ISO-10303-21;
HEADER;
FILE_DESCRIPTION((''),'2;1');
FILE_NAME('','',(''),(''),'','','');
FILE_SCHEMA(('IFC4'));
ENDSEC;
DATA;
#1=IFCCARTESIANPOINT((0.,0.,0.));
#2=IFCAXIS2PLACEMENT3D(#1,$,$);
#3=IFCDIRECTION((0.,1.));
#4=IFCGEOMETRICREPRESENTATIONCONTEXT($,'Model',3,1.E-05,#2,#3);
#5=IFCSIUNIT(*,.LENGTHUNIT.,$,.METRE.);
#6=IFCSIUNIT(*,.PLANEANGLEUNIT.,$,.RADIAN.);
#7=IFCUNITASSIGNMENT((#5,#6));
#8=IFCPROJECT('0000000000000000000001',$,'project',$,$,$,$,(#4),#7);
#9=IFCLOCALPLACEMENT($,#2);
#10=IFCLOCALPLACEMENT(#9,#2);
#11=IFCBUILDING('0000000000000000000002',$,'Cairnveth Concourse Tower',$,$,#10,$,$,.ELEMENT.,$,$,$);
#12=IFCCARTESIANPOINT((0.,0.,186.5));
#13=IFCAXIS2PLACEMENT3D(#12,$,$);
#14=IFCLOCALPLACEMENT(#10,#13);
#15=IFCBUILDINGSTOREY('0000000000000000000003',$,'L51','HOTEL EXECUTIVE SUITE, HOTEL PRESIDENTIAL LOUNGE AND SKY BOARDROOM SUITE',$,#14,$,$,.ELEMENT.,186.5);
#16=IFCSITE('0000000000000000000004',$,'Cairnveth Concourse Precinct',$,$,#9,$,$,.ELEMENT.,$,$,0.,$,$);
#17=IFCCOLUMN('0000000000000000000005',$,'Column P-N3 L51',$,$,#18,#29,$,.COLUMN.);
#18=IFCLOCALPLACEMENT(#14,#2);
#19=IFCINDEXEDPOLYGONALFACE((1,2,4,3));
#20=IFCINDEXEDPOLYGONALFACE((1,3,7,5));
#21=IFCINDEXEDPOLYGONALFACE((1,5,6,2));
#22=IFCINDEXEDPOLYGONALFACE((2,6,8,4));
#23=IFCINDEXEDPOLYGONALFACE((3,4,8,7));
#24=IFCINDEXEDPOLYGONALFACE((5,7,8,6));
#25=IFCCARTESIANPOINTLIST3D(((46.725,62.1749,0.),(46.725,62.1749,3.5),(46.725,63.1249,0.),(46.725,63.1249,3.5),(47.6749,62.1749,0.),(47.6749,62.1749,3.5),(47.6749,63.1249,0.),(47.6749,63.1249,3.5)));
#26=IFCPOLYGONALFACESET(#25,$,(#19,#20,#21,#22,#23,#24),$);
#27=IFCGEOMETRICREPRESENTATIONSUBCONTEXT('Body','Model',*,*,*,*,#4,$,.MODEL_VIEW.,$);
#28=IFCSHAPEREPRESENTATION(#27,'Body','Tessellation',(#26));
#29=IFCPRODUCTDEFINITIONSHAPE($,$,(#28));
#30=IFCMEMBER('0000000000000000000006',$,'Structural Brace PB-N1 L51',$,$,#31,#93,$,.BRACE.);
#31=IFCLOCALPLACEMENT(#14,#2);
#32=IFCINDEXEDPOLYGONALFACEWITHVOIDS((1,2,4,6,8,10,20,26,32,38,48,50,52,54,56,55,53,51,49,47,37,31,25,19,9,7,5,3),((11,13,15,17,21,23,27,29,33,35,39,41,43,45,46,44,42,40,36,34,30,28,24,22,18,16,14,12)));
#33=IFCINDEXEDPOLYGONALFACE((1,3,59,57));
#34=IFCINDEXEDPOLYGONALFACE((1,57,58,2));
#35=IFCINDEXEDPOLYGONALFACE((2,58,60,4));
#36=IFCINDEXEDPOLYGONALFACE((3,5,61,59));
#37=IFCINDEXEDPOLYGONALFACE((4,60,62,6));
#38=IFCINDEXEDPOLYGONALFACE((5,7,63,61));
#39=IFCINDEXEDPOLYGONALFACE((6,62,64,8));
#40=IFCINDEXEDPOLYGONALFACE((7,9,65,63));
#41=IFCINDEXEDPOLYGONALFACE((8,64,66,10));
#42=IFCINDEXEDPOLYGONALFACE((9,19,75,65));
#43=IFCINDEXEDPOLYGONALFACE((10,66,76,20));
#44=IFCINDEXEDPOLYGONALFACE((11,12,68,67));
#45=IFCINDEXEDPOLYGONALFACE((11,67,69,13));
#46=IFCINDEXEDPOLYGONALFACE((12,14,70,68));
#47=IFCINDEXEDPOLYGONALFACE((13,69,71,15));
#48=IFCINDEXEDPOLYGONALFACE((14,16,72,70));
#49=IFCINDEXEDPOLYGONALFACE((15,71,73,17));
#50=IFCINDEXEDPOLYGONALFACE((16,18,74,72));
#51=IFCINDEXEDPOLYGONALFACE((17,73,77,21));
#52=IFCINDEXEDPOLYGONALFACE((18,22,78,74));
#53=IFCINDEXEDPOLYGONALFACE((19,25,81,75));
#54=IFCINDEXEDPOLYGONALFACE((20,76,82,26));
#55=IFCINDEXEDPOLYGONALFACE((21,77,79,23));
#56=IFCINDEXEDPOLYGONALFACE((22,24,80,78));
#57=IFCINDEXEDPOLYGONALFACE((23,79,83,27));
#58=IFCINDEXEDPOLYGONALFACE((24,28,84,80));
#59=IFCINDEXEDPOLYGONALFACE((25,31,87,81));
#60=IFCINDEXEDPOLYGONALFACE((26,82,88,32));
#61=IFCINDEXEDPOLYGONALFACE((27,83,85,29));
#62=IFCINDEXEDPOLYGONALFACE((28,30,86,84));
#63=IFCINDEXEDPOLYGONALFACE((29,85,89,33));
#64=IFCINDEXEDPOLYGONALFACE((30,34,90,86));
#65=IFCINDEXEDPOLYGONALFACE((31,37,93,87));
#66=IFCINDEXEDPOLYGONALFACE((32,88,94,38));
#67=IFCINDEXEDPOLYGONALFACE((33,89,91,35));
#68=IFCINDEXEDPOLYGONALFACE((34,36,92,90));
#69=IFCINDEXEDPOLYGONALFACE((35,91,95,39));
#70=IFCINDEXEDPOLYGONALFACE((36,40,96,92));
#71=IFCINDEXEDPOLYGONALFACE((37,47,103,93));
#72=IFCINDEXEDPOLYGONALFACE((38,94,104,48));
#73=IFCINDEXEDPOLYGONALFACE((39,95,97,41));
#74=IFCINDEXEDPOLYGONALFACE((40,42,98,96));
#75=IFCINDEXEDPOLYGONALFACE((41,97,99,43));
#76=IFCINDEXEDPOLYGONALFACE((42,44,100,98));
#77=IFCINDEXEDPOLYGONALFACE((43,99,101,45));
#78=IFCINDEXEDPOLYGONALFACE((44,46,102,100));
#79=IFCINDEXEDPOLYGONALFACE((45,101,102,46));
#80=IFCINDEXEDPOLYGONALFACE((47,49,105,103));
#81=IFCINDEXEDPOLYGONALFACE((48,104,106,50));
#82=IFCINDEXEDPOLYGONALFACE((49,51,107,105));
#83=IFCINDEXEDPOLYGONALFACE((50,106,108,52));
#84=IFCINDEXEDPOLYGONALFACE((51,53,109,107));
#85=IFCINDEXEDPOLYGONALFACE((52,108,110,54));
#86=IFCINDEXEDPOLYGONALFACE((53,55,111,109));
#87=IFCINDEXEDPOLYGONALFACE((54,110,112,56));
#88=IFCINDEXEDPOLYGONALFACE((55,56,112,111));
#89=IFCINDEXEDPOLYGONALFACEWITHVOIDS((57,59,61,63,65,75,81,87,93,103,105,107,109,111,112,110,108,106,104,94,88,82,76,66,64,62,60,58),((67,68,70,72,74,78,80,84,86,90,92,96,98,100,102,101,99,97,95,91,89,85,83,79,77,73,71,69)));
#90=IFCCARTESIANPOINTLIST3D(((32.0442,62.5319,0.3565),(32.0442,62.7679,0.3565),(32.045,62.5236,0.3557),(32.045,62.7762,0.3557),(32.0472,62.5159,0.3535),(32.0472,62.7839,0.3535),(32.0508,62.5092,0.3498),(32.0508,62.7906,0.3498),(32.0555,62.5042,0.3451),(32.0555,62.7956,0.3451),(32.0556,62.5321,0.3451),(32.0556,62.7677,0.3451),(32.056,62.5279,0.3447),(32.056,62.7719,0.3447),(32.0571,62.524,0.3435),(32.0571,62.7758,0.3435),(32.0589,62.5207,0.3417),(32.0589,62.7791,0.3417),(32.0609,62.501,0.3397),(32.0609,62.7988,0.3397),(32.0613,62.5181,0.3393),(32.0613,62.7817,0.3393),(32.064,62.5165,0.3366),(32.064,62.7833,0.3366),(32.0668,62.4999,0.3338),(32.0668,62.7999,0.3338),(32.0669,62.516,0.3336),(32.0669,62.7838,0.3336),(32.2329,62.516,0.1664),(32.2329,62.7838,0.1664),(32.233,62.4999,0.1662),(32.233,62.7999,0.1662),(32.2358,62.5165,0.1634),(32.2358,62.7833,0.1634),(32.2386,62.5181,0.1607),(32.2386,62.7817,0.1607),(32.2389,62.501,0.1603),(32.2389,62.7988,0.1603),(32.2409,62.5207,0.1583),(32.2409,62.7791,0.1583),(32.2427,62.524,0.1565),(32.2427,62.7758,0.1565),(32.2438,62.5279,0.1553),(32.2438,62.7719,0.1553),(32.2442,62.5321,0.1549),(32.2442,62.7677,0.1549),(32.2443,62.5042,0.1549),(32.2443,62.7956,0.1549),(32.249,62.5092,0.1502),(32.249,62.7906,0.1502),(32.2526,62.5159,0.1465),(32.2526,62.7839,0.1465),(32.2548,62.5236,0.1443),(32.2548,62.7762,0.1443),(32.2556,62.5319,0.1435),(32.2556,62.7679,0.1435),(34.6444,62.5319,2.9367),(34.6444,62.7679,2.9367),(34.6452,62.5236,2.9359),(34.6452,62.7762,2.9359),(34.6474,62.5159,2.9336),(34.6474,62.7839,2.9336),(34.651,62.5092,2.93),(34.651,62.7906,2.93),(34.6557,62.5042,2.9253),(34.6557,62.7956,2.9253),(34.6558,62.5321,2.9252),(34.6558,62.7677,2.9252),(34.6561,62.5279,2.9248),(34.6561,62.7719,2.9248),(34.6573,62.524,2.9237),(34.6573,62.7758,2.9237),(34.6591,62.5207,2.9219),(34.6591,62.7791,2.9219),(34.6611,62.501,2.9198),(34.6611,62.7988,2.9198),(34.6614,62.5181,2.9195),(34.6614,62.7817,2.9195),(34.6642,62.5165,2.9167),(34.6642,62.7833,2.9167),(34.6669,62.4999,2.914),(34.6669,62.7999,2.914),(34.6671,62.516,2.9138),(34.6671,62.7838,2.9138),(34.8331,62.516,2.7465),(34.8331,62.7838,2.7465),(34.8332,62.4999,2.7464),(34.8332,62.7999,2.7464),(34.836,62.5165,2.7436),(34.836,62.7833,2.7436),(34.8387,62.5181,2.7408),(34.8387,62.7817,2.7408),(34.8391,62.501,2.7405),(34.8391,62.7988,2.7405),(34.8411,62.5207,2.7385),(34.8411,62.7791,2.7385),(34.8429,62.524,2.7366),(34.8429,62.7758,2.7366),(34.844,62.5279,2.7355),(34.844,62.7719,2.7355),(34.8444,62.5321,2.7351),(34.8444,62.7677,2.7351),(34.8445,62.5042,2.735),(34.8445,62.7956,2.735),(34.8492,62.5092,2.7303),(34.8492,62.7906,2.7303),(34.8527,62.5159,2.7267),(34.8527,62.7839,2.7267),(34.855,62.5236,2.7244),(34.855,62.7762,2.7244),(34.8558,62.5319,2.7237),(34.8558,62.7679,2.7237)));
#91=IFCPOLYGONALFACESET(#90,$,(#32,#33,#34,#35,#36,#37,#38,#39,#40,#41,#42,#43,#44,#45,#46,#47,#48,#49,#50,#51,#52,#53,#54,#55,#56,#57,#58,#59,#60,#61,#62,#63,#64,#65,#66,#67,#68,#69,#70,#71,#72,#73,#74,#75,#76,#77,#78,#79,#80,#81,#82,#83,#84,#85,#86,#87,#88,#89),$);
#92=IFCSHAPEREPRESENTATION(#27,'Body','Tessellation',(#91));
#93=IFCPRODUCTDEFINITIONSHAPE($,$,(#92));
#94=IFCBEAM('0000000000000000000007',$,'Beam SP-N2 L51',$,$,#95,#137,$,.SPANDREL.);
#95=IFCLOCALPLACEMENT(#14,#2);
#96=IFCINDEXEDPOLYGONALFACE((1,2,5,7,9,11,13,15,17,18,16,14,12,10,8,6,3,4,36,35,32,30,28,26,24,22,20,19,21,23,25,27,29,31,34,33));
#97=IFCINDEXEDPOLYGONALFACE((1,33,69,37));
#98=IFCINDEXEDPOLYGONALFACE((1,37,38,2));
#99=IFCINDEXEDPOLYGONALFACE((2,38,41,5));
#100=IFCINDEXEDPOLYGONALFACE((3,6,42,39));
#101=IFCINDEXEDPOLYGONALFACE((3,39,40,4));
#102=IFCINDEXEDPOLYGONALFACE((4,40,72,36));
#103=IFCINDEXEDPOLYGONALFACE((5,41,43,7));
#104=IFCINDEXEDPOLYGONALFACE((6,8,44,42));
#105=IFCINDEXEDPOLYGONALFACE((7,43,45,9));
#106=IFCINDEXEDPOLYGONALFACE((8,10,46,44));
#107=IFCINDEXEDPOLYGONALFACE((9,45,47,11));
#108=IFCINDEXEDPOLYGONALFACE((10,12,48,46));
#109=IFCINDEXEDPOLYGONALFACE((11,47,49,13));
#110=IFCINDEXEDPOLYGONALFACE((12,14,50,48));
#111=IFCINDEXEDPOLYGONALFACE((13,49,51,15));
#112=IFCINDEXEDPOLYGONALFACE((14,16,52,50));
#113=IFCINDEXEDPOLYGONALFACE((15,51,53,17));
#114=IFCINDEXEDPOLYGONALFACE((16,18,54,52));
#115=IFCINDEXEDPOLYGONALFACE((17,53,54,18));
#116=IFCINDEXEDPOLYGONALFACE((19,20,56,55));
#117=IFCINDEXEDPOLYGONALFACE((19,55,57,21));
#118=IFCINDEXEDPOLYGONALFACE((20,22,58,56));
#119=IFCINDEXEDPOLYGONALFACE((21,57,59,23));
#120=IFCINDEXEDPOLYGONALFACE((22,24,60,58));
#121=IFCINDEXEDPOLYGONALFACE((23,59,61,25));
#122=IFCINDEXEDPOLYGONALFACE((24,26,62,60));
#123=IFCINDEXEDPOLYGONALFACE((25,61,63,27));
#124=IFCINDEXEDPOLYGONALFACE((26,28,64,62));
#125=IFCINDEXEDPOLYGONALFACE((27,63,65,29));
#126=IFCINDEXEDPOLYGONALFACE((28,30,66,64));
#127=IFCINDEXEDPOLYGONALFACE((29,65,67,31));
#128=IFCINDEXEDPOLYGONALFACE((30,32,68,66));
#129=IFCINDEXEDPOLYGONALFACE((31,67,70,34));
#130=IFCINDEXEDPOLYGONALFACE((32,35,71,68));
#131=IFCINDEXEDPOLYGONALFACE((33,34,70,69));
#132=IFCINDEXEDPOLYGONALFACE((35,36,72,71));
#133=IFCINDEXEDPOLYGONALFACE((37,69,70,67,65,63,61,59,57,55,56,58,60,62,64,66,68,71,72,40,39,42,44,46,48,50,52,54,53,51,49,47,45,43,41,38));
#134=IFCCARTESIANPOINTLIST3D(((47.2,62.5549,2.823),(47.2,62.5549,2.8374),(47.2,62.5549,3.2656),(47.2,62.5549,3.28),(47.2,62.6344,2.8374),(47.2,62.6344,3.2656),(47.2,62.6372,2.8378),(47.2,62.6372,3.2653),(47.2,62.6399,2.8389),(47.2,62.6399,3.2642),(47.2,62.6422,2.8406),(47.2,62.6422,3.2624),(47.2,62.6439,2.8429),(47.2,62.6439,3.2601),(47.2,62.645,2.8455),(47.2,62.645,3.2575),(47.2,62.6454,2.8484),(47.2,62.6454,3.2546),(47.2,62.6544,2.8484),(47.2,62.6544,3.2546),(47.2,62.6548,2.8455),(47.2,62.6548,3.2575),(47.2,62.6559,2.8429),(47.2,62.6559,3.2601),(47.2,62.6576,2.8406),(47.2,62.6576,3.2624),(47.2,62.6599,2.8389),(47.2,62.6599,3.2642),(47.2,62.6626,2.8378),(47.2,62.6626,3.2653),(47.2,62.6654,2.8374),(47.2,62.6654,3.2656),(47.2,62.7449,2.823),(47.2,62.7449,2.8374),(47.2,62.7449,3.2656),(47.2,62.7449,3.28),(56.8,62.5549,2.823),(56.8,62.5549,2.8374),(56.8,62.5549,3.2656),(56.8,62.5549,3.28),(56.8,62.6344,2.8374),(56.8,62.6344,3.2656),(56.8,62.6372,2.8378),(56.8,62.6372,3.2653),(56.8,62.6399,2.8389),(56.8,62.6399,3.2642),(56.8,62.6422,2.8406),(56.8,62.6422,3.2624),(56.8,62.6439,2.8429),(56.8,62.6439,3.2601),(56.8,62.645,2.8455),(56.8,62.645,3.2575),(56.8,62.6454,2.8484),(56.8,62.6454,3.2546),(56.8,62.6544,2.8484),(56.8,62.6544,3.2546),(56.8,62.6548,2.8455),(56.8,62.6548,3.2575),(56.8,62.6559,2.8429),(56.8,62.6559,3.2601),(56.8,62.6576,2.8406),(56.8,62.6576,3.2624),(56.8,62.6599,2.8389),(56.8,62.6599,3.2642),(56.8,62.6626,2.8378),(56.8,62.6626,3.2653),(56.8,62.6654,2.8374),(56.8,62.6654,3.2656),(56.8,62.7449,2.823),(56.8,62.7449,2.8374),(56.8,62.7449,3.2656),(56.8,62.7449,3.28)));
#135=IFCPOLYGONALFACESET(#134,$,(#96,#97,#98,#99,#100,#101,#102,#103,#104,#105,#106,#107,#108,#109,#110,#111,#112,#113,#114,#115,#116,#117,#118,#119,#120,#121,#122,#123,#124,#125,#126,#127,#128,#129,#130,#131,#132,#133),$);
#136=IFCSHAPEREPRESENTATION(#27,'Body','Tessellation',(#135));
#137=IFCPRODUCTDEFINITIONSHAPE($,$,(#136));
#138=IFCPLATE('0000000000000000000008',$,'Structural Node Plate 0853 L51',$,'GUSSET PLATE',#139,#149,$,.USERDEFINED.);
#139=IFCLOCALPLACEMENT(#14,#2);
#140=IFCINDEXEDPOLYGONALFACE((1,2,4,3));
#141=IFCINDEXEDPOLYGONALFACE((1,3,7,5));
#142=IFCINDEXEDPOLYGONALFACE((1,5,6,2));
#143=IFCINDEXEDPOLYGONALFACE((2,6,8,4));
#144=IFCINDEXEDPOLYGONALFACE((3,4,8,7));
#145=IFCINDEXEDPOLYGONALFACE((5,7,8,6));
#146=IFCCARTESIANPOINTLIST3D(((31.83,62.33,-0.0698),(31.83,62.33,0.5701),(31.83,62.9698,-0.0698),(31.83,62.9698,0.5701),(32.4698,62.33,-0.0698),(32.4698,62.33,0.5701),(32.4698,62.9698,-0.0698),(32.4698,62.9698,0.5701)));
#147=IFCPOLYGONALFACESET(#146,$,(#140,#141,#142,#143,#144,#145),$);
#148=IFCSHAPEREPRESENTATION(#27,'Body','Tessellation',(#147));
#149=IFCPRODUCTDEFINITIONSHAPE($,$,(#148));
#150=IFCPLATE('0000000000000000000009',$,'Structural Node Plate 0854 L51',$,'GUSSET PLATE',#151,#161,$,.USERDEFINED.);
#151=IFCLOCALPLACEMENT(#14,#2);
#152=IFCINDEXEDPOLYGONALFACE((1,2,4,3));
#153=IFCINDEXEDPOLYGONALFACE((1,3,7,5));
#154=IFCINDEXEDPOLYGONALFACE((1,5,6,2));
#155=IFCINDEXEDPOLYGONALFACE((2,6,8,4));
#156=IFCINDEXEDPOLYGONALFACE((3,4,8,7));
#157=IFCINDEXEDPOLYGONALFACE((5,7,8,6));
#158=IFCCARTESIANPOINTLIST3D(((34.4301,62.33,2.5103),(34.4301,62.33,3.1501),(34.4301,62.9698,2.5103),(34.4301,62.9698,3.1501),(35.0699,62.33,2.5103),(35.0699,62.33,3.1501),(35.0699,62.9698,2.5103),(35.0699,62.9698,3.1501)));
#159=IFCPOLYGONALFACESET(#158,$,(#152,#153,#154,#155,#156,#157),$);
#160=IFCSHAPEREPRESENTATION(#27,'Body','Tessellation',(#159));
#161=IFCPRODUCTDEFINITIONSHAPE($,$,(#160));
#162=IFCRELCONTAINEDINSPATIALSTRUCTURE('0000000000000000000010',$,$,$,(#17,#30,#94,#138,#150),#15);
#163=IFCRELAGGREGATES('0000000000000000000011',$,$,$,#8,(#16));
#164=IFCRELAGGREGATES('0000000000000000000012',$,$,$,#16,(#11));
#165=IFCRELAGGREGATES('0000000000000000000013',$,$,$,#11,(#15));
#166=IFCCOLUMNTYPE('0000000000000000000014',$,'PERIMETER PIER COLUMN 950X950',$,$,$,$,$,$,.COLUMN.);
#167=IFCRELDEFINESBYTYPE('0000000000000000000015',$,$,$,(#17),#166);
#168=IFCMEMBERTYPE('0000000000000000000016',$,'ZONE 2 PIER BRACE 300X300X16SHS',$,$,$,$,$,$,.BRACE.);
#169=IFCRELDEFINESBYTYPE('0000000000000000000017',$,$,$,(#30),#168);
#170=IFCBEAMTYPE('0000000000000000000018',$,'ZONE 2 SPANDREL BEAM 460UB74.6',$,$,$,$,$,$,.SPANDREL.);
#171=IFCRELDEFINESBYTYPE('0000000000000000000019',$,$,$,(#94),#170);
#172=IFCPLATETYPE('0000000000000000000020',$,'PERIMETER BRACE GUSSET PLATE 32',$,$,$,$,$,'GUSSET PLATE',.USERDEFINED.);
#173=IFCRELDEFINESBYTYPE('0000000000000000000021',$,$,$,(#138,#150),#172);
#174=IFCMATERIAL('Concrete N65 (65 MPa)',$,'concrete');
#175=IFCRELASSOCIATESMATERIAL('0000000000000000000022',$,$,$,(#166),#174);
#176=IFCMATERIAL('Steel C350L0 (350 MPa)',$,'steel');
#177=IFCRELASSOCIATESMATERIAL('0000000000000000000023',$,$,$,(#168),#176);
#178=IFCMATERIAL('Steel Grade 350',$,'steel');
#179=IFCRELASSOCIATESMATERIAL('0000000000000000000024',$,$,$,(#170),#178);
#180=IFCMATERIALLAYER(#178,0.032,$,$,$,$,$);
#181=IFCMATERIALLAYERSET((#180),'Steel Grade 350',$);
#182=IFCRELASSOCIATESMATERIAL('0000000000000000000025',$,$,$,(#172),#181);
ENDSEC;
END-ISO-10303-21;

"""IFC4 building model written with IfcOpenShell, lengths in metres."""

from ifc_helpers import new_model, si_unit, direction, frame, origin, origin_2d, place, context, subcontext, project, spatial, rectangle, hollow_rectangle, i_section, extrude, material, layer, layer_set, material_profile, profile_set, type_object, element, save


model = new_model("IFC4")

# Units and contexts
model_context = context("Model", 3, precision=1e-05, world=origin(), true_north=direction((0.0, 1.0)))
body_context = subcontext(model_context, "Body", "Model", "MODEL_VIEW")
ifc_project = project(units=[si_unit("LENGTHUNIT", "METRE"), si_unit("PLANEANGLEUNIT", "RADIAN")], contexts=[model_context])

# Site, building, storey
site_placement = place(None, origin())
site = spatial("IfcSite", under=ifc_project, at=site_placement, Name="Cairnveth Concourse Precinct", CompositionType="ELEMENT", RefElevation=0.0)
building_placement = place(site_placement, origin())
building = spatial("IfcBuilding", under=site, at=building_placement, Name="Cairnveth Concourse Tower", CompositionType="ELEMENT")
storey_placement = place(building_placement, frame((0.0, 0.0, 186.5)))
storey = spatial("IfcBuildingStorey", under=building, at=storey_placement, Name="L51", Description="HOTEL EXECUTIVE SUITE, HOTEL PRESIDENTIAL LOUNGE AND SKY BOARDROOM SUITE", CompositionType="ELEMENT", Elevation=186.5)

# Column
ifc_material_1 = material(Name="Concrete N65 (65 MPa)", Category="concrete")
ifc_material_profile_1 = material_profile(ifc_material_1, rectangle(XDim=0.95, YDim=0.95, at=origin_2d()), Name="RC-COL-950x950")
ifc_profile_set_1 = profile_set([ifc_material_profile_1], Name="Concrete N65 (65 MPa)")
column_type = type_object("IfcColumnType", Name="PERIMETER PIER COLUMN 950X950", PredefinedType="COLUMN", material=ifc_profile_set_1)
column_placement = place(storey_placement, frame((47.2, 62.6499, 0.0), z_axis=(0.0, 0.0, 1.0), x_axis=(1.0, 0.0, 0.0)))
element("IfcColumn", 1, at=column_placement, inside=storey, type_object=column_type, Name="Column P-N3 L51", PredefinedType="COLUMN", context=body_context, shape_type="SweptSolid", body=[
    extrude(rectangle(XDim=0.95, YDim=0.95, at=origin_2d()), origin(), (0.0, 0.0, 1.0), 3.5),
])

# Member
ifc_material_2 = material(Name="Steel C350L0 (350 MPa)", Category="steel")
ifc_material_profile_2 = material_profile(ifc_material_2, hollow_rectangle(XDim=0.3, YDim=0.3, WallThickness=0.0161, InnerFilletRadius=0.0161, OuterFilletRadius=0.032, at=origin_2d()), Name="300x300x16.0SHS")
ifc_profile_set_2 = profile_set([ifc_material_profile_2], Name="Steel C350L0 (350 MPa)")
member_type = type_object("IfcMemberType", Name="ZONE 2 PIER BRACE 300X300X16SHS", PredefinedType="BRACE", material=ifc_profile_set_2)
member_placement = place(storey_placement, frame((32.1499, 62.6499, 0.25), z_axis=(0.709834, 0.0, 0.704369), x_axis=(0.0, 1.0, 0.0)))
element("IfcMember", 2, at=member_placement, inside=storey, type_object=member_type, Name="Structural Brace PB-N1 L51", PredefinedType="BRACE", context=body_context, shape_type="SweptSolid", body=[
    extrude(hollow_rectangle(XDim=0.3, YDim=0.3, WallThickness=0.0161, InnerFilletRadius=0.0161, OuterFilletRadius=0.032, at=origin_2d()), origin(), (0.0, 0.0, 1.0), 3.6631),
])

# Beam
ifc_material_3 = material(Name="Steel Grade 350", Category="steel")
ifc_material_profile_3 = material_profile(ifc_material_3, i_section(OverallWidth=0.1899, OverallDepth=0.457, WebThickness=0.009, FlangeThickness=0.0144, FilletRadius=0.011, at=origin_2d()), Name="460UB74.6")
ifc_profile_set_3 = profile_set([ifc_material_profile_3], Name="Steel Grade 350")
beam_type = type_object("IfcBeamType", Name="ZONE 2 SPANDREL BEAM 460UB74.6", PredefinedType="SPANDREL", material=ifc_profile_set_3)
beam_placement = place(storey_placement, frame((47.2, 62.6499, 3.0515), z_axis=(1.0, 0.0, 0.0), x_axis=(0.0, 1.0, 0.0)))
element("IfcBeam", 3, at=beam_placement, inside=storey, type_object=beam_type, Name="Beam SP-N2 L51", PredefinedType="SPANDREL", context=body_context, shape_type="SweptSolid", body=[
    extrude(i_section(OverallWidth=0.1899, OverallDepth=0.457, WebThickness=0.009, FlangeThickness=0.0144, FilletRadius=0.011, at=origin_2d()), origin(), (0.0, 0.0, 1.0), 9.6001),
])

# Plates
ifc_layer_1 = layer(ifc_material_3, 0.032)
ifc_layer_set_1 = layer_set([ifc_layer_1], Name="Steel Grade 350")
plate_type = type_object("IfcPlateType", Name="PERIMETER BRACE GUSSET PLATE 32", ElementType="GUSSET PLATE", PredefinedType="USERDEFINED", material=ifc_layer_set_1)
for number, where, z_axis, x_axis, name in (
    (4, (32.1499, 62.6499, -0.0698), (0.0, 0.0, 1.0), (1.0, 0.0, 0.0), "Structural Node Plate 0853 L51"),
    (5, (34.75, 62.6499, 2.5103), (0.0, 0.0, 1.0), (1.0, 0.0, 0.0), "Structural Node Plate 0854 L51"),
):
    element("IfcPlate", number, at=place(storey_placement, frame(where, z_axis=z_axis, x_axis=x_axis)), inside=storey, type_object=plate_type, Name=name, ObjectType="GUSSET PLATE", PredefinedType="USERDEFINED", context=body_context, shape_type="SweptSolid", body=[
        extrude(rectangle(XDim=0.6399, YDim=0.6399, at=origin_2d()), origin(), (0.0, 0.0, 1.0), 0.6399),
    ])

save(model, "model.ifc")
